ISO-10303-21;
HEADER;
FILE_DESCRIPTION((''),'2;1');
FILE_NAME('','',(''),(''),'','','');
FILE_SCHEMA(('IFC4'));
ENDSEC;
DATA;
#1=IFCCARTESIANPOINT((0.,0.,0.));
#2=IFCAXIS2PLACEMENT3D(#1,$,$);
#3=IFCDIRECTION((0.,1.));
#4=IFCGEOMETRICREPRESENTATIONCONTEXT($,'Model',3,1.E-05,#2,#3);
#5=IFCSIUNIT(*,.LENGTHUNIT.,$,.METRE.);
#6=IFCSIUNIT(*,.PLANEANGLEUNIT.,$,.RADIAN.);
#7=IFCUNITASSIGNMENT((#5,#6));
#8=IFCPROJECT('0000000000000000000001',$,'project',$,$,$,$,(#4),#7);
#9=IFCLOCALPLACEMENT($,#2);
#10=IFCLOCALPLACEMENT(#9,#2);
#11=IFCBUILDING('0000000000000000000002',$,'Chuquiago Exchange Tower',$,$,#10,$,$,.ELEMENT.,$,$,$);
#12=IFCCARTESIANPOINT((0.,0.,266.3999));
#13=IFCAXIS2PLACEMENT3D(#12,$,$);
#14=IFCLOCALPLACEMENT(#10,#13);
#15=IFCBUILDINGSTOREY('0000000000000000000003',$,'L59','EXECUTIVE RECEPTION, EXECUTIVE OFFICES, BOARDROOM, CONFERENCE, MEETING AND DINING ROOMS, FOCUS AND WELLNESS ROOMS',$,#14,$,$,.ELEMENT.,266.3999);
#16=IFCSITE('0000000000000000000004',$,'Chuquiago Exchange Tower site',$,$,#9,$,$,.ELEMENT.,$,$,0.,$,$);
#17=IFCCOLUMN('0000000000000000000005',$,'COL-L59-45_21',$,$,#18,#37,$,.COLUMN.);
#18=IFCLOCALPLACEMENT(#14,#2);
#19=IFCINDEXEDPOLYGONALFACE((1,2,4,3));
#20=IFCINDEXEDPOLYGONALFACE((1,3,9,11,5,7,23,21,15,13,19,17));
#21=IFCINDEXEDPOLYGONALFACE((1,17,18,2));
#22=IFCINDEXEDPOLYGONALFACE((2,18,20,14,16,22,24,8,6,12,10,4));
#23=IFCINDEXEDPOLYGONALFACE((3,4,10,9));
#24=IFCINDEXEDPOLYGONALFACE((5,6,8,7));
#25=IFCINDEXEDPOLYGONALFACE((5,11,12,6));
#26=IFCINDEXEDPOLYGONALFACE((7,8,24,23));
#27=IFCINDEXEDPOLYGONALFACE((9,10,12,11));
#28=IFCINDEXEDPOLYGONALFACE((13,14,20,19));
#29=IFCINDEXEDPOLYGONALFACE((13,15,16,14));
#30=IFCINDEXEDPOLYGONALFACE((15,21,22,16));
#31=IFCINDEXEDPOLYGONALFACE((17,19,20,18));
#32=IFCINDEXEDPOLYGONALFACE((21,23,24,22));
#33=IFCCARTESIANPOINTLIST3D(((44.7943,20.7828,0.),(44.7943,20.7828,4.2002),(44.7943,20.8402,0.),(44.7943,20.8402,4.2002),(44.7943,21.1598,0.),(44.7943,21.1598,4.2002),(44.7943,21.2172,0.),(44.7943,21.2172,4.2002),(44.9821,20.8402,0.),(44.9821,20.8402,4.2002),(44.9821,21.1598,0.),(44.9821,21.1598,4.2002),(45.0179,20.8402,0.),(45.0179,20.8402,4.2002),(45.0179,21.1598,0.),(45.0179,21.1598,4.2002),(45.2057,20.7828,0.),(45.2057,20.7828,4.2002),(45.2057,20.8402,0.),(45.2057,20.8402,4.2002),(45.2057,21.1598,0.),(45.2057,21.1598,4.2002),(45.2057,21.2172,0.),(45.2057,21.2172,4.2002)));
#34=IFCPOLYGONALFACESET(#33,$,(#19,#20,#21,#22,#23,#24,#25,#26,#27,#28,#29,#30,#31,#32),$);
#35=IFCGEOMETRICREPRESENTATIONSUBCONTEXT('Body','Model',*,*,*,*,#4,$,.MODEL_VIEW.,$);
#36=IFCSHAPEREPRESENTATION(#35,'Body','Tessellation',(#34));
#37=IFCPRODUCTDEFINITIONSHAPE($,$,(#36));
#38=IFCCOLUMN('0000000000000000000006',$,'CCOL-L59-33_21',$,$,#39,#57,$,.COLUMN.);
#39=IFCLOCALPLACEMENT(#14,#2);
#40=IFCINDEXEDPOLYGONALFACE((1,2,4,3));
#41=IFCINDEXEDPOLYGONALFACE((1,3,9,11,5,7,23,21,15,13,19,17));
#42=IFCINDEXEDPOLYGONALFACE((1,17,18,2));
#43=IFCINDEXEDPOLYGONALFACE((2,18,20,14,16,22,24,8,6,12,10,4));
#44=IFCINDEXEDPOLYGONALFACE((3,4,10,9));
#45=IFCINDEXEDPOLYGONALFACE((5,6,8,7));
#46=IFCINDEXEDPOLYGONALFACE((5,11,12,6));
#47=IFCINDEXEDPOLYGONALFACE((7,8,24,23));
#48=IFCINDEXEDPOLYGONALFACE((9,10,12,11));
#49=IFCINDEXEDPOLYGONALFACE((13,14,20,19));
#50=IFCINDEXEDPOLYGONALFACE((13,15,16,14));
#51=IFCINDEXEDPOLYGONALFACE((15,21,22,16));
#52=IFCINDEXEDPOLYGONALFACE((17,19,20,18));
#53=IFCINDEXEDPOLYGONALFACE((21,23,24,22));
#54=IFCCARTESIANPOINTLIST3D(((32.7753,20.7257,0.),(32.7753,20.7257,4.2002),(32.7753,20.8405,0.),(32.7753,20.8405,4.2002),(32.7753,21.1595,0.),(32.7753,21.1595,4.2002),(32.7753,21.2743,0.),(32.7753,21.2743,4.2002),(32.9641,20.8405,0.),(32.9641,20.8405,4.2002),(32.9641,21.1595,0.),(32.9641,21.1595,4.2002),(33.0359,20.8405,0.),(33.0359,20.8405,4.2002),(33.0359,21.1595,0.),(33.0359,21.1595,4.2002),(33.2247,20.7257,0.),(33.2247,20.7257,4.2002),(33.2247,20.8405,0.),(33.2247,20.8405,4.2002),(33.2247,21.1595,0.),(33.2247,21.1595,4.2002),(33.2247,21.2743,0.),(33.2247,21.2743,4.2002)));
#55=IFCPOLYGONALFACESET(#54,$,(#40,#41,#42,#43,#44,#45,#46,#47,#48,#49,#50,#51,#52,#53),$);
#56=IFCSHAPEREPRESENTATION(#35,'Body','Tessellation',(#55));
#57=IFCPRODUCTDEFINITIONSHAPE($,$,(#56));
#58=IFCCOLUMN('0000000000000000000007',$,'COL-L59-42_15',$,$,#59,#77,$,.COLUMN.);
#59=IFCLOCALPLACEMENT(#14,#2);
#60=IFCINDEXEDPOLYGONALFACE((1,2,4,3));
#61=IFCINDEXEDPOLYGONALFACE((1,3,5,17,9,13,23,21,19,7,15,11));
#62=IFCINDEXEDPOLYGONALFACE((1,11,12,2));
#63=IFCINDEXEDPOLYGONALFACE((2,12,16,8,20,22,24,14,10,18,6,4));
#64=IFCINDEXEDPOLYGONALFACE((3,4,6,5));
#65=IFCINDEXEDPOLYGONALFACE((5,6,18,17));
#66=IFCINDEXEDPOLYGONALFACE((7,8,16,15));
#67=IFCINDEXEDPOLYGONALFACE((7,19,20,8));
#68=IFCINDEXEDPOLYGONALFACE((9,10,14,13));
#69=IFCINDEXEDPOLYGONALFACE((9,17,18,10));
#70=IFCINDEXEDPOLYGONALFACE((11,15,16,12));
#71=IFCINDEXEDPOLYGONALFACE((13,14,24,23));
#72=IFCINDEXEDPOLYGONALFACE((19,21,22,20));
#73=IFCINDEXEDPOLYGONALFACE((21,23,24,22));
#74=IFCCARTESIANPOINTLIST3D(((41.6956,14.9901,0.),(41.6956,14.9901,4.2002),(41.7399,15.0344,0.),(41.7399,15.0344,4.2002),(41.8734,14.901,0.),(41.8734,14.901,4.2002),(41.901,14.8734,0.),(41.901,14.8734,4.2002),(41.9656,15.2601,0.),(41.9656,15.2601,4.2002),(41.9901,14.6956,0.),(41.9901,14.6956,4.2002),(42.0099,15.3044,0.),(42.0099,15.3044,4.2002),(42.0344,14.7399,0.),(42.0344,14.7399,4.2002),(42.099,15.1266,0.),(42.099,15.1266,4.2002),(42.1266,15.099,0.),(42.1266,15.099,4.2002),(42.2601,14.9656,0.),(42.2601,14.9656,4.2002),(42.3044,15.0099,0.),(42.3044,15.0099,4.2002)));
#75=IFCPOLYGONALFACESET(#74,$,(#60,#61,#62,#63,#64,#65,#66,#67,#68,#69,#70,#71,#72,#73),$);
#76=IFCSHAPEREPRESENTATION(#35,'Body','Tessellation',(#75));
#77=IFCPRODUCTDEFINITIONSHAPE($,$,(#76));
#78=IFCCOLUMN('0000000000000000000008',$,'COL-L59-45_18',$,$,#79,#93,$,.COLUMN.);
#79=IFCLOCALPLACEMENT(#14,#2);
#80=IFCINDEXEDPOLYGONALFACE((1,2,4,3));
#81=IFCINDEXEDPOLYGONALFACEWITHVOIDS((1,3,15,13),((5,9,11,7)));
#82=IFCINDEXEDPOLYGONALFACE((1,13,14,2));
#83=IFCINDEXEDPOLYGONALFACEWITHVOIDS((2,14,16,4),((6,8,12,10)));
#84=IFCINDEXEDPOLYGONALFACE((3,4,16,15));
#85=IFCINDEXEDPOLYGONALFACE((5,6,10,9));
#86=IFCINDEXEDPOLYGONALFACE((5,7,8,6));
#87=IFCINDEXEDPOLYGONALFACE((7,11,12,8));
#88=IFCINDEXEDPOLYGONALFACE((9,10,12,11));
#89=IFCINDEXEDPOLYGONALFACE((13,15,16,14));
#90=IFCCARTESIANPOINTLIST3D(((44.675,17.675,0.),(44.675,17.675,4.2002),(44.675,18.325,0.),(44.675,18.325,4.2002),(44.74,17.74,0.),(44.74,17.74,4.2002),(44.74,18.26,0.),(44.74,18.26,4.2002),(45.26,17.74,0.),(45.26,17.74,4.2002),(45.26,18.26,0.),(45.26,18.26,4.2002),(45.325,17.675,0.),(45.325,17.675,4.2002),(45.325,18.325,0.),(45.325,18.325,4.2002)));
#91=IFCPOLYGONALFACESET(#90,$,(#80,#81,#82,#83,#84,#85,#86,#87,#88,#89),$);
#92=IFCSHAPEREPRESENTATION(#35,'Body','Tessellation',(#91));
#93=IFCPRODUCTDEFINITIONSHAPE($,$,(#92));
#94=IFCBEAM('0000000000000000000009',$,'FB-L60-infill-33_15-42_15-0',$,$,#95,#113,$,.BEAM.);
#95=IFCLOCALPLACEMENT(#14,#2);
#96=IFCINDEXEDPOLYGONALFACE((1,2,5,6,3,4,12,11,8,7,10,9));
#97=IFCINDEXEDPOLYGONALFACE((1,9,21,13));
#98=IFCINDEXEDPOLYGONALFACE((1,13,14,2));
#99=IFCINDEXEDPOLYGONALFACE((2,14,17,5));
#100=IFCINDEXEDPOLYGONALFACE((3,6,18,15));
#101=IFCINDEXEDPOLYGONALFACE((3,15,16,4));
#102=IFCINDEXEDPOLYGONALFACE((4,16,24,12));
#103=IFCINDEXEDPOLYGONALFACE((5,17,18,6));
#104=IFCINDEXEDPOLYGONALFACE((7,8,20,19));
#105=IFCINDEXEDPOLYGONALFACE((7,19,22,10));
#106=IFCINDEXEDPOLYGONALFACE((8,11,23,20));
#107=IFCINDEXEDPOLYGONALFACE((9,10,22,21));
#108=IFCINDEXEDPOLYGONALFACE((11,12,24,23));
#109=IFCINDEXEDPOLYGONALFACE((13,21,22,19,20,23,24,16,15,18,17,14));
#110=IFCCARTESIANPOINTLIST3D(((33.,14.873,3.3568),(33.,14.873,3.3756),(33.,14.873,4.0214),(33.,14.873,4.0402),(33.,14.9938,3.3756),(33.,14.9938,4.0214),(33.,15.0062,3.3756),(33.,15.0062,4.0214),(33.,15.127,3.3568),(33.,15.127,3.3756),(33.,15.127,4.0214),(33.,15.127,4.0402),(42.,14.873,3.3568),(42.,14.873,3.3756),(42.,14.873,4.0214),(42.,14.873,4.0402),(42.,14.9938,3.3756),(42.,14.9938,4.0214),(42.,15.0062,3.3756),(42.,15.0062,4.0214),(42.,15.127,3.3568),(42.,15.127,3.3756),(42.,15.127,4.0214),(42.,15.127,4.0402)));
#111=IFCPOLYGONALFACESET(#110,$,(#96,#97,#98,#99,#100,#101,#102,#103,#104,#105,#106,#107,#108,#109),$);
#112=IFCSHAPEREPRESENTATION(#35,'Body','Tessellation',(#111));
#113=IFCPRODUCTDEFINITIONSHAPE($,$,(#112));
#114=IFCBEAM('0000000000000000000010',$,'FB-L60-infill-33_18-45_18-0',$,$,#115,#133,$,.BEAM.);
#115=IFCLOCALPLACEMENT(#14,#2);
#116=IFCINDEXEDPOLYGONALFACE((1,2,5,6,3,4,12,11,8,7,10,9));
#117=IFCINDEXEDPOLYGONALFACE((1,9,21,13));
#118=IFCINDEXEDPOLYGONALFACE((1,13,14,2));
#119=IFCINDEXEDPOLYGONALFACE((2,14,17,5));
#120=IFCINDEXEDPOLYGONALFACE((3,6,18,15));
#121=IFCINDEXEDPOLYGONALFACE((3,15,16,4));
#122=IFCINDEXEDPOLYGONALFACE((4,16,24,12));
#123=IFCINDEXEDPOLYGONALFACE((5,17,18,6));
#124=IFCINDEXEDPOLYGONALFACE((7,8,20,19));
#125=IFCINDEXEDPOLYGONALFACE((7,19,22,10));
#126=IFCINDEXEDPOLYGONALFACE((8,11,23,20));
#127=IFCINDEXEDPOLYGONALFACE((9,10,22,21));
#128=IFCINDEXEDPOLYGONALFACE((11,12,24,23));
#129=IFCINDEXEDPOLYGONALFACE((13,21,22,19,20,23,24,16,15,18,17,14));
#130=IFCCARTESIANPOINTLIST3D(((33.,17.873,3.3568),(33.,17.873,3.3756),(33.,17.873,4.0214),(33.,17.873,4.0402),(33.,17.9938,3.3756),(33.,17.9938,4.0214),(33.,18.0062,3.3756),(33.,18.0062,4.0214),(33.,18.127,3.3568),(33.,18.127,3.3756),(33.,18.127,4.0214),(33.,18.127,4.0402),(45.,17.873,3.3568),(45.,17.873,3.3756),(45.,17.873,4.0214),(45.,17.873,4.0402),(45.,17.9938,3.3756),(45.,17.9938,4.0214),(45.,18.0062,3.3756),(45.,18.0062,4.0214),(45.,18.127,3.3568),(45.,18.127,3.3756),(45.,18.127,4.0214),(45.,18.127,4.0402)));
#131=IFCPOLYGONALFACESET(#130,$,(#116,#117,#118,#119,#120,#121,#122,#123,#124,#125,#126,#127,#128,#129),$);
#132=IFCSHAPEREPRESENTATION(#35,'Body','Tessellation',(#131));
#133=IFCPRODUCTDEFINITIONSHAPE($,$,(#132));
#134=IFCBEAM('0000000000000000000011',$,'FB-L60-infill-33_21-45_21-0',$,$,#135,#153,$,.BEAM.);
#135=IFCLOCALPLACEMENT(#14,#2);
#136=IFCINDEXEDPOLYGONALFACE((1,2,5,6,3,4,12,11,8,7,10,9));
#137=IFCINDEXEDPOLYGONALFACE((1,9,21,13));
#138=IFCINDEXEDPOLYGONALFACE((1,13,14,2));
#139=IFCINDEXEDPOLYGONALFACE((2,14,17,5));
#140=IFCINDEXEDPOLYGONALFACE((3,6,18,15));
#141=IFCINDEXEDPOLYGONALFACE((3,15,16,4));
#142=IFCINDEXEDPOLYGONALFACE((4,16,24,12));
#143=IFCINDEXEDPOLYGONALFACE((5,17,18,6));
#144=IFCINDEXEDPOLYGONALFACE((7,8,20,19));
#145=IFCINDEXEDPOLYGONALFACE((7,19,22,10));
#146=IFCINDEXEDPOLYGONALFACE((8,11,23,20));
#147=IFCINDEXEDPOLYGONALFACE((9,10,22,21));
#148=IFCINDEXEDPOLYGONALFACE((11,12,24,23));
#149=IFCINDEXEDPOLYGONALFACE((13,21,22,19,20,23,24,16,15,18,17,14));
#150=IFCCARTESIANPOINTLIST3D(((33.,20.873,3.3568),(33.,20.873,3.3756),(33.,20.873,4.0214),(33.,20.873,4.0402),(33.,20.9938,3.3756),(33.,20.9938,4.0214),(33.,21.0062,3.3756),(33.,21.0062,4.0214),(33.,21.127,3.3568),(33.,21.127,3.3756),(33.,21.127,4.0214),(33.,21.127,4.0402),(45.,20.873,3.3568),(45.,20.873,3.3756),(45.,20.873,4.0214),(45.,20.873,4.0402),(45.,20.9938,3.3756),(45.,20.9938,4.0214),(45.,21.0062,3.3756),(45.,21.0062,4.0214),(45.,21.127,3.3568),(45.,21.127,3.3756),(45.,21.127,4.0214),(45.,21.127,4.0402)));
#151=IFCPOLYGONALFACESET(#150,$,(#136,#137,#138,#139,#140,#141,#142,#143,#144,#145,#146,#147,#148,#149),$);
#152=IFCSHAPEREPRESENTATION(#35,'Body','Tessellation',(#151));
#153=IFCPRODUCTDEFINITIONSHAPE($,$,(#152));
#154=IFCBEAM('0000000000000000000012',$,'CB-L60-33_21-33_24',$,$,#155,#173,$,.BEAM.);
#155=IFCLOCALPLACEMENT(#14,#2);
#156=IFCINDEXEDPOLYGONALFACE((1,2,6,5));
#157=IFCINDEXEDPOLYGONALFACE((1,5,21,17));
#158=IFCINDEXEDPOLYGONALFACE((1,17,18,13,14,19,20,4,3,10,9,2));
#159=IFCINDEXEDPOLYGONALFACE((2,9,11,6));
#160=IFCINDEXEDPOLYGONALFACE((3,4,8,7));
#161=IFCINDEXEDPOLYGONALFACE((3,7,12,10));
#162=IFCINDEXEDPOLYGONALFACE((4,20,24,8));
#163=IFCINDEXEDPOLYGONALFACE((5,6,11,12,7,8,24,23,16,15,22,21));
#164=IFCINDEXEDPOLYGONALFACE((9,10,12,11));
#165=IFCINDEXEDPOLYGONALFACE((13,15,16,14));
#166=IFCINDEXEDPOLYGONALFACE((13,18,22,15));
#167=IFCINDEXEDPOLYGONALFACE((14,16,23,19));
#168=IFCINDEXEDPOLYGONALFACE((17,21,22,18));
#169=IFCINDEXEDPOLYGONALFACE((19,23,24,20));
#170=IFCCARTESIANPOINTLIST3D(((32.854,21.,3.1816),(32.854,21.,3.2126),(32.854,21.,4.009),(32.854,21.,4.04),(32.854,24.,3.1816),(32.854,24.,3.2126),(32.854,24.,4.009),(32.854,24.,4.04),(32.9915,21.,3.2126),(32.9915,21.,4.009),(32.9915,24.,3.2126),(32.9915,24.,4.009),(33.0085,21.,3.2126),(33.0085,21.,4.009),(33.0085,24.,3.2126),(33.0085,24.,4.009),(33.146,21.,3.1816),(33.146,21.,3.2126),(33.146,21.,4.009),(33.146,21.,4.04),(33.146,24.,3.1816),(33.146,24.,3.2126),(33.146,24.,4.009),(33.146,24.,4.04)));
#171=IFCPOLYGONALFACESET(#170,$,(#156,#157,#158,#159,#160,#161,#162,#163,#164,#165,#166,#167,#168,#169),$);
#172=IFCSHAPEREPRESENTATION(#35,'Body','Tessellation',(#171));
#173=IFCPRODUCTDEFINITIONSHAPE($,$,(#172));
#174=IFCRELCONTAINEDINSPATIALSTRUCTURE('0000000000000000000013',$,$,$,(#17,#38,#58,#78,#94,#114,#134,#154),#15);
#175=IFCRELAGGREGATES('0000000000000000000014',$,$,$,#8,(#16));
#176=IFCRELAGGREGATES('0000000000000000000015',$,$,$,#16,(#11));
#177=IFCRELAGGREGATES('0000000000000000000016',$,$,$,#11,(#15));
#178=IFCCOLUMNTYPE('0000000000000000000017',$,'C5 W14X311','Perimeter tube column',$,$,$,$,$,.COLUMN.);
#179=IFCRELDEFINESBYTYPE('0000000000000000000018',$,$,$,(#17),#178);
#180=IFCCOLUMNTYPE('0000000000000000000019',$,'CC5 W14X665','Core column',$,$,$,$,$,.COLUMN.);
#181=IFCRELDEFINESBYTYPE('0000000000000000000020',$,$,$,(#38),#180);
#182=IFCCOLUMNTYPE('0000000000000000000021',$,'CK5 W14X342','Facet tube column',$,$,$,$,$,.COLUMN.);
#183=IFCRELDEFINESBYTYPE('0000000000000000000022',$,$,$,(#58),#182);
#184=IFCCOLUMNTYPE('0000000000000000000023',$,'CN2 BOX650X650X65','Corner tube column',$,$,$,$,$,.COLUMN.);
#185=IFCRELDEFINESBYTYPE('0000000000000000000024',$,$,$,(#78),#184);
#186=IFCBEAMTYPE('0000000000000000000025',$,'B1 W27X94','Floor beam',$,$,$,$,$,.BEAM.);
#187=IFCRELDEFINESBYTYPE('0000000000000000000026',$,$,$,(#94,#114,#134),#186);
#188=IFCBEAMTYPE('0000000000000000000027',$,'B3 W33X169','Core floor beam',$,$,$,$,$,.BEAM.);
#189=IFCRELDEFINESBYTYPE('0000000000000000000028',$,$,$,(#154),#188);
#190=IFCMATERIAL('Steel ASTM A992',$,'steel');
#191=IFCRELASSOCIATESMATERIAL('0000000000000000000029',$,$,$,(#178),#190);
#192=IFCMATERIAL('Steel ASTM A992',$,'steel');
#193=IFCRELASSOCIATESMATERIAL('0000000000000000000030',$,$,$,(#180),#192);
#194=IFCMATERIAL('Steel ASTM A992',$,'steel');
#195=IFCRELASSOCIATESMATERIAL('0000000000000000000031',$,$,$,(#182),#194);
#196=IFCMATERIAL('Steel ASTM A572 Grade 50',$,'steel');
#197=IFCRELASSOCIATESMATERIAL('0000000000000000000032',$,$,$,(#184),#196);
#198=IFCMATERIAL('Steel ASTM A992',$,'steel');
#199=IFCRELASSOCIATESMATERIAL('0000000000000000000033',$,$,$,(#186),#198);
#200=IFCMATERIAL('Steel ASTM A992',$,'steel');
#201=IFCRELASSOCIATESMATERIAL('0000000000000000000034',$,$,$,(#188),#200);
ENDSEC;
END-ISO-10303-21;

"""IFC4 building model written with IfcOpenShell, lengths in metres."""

from ifc_helpers import new_model, si_unit, direction, frame, origin, origin_2d, place, context, subcontext, project, spatial, hollow_rectangle, i_section, extrude, material, material_profile, profile_set, type_object, element, save


model = new_model("IFC4")

# Units and contexts
model_context = context("Model", 3, precision=1e-05, world=origin(), true_north=direction((0.0, 1.0)))
body_context = subcontext(model_context, "Body", "Model", "MODEL_VIEW")
ifc_project = project(units=[si_unit("LENGTHUNIT", "METRE"), si_unit("PLANEANGLEUNIT", "RADIAN")], contexts=[model_context])

# Site, building, storey
site_placement = place(None, origin())
site = spatial("IfcSite", under=ifc_project, at=site_placement, Name="Chuquiago Exchange Tower site", CompositionType="ELEMENT", RefElevation=0.0)
building_placement = place(site_placement, origin())
building = spatial("IfcBuilding", under=site, at=building_placement, Name="Chuquiago Exchange Tower", CompositionType="ELEMENT")
storey_placement = place(building_placement, frame((0.0, 0.0, 266.3999)))
storey = spatial("IfcBuildingStorey", under=building, at=storey_placement, Name="L59", Description="EXECUTIVE RECEPTION, EXECUTIVE OFFICES, BOARDROOM, CONFERENCE, MEETING AND DINING ROOMS, FOCUS AND WELLNESS ROOMS", CompositionType="ELEMENT", Elevation=266.3999)

# Columns
ifc_material_1 = material(Name="Steel ASTM A992", Category="steel")
ifc_material_profile_1 = material_profile(ifc_material_1, i_section(OverallWidth=0.4114, OverallDepth=0.4343, WebThickness=0.0359, FlangeThickness=0.0574, at=origin_2d()), Name="W14X311")
ifc_profile_set_1 = profile_set([ifc_material_profile_1], Name="Steel ASTM A992")
column_type_1 = type_object("IfcColumnType", Name="C5 W14X311", Description="Perimeter tube column", PredefinedType="COLUMN", material=ifc_profile_set_1)
column_1_placement = place(storey_placement, frame((45.0, 21.0, 0.0), z_axis=(0.0, 0.0, 1.0), x_axis=(1.0, 0.0, 0.0)))
element("IfcColumn", 1, at=column_1_placement, inside=storey, type_object=column_type_1, Name="COL-L59-45_21", PredefinedType="COLUMN", context=body_context, shape_type="SweptSolid", body=[
    extrude(i_section(OverallWidth=0.4114, OverallDepth=0.4343, WebThickness=0.0359, FlangeThickness=0.0574, at=origin_2d()), origin(), (0.0, 0.0, 1.0), 4.2002),
])
ifc_material_2 = material(Name="Steel ASTM A992", Category="steel")
ifc_material_profile_2 = material_profile(ifc_material_2, i_section(OverallWidth=0.4495, OverallDepth=0.5486, WebThickness=0.0718, FlangeThickness=0.1147, at=origin_2d()), Name="W14X665")
ifc_profile_set_2 = profile_set([ifc_material_profile_2], Name="Steel ASTM A992")
column_type_2 = type_object("IfcColumnType", Name="CC5 W14X665", Description="Core column", PredefinedType="COLUMN", material=ifc_profile_set_2)
column_2_placement = place(storey_placement, frame((33.0, 21.0, 0.0), z_axis=(0.0, 0.0, 1.0), x_axis=(1.0, 0.0, 0.0)))
element("IfcColumn", 2, at=column_2_placement, inside=storey, type_object=column_type_2, Name="CCOL-L59-33_21", PredefinedType="COLUMN", context=body_context, shape_type="SweptSolid", body=[
    extrude(i_section(OverallWidth=0.4495, OverallDepth=0.5486, WebThickness=0.0718, FlangeThickness=0.1147, at=origin_2d()), origin(), (0.0, 0.0, 1.0), 4.2002),
])
ifc_material_3 = material(Name="Steel ASTM A992", Category="steel")
ifc_material_profile_3 = material_profile(ifc_material_3, i_section(OverallWidth=0.4165, OverallDepth=0.4446, WebThickness=0.0391, FlangeThickness=0.0627, at=origin_2d()), Name="W14X342")
ifc_profile_set_3 = profile_set([ifc_material_profile_3], Name="Steel ASTM A992")
column_type_3 = type_object("IfcColumnType", Name="CK5 W14X342", Description="Facet tube column", PredefinedType="COLUMN", material=ifc_profile_set_3)
column_3_placement = place(storey_placement, frame((42.0, 15.0, 0.0), z_axis=(0.0, 0.0, 1.0), x_axis=(0.707107, -0.707107, 0.0)))
element("IfcColumn", 3, at=column_3_placement, inside=storey, type_object=column_type_3, Name="COL-L59-42_15", PredefinedType="COLUMN", context=body_context, shape_type="SweptSolid", body=[
    extrude(i_section(OverallWidth=0.4165, OverallDepth=0.4446, WebThickness=0.0391, FlangeThickness=0.0627, at=origin_2d()), origin(), (0.0, 0.0, 1.0), 4.2002),
])
ifc_material_4 = material(Name="Steel ASTM A572 Grade 50", Category="steel")
ifc_material_profile_4 = material_profile(ifc_material_4, hollow_rectangle(XDim=0.6499, YDim=0.6499, WallThickness=0.0649, at=origin_2d()), Name="BOX650X650X65")
ifc_profile_set_4 = profile_set([ifc_material_profile_4], Name="Steel ASTM A572 Grade 50")
column_type_4 = type_object("IfcColumnType", Name="CN2 BOX650X650X65", Description="Corner tube column", PredefinedType="COLUMN", material=ifc_profile_set_4)
column_4_placement = place(storey_placement, frame((45.0, 18.0, 0.0), z_axis=(0.0, 0.0, 1.0), x_axis=(1.0, 0.0, 0.0)))
element("IfcColumn", 4, at=column_4_placement, inside=storey, type_object=column_type_4, Name="COL-L59-45_18", PredefinedType="COLUMN", context=body_context, shape_type="SweptSolid", body=[
    extrude(hollow_rectangle(XDim=0.6499, YDim=0.6499, WallThickness=0.0649, at=origin_2d()), origin(), (0.0, 0.0, 1.0), 4.2002),
])

# Beams
ifc_material_5 = material(Name="Steel ASTM A992", Category="steel")
ifc_material_profile_5 = material_profile(ifc_material_5, i_section(OverallWidth=0.2539, OverallDepth=0.6833, WebThickness=0.0125, FlangeThickness=0.0188, at=origin_2d()), Name="W27X94")
ifc_profile_set_5 = profile_set([ifc_material_profile_5], Name="Steel ASTM A992")
beam_type_1 = type_object("IfcBeamType", Name="B1 W27X94", Description="Floor beam", PredefinedType="BEAM", material=ifc_profile_set_5)
beam_1_placement = place(storey_placement, frame((33.0, 15.0, 3.6985), z_axis=(1.0, 0.0, 0.0), x_axis=(0.0, 1.0, 0.0)))
element("IfcBeam", 5, at=beam_1_placement, inside=storey, type_object=beam_type_1, Name="FB-L60-infill-33_15-42_15-0", PredefinedType="BEAM", context=body_context, shape_type="SweptSolid", body=[
    extrude(i_section(OverallWidth=0.2539, OverallDepth=0.6833, WebThickness=0.0125, FlangeThickness=0.0188, at=origin_2d()), origin(), (0.0, 0.0, 1.0), 9.0),
])
for number, where, z_axis, x_axis, name in (
    (6, (33.0, 18.0, 3.6985), (1.0, 0.0, 0.0), (0.0, 1.0, 0.0), "FB-L60-infill-33_18-45_18-0"),
    (7, (33.0, 21.0, 3.6985), (1.0, 0.0, 0.0), (0.0, 1.0, 0.0), "FB-L60-infill-33_21-45_21-0"),
):
    element("IfcBeam", number, at=place(storey_placement, frame(where, z_axis=z_axis, x_axis=x_axis)), inside=storey, type_object=beam_type_1, Name=name, PredefinedType="BEAM", context=body_context, shape_type="SweptSolid", body=[
        extrude(i_section(OverallWidth=0.2539, OverallDepth=0.6833, WebThickness=0.0125, FlangeThickness=0.0188, at=origin_2d()), origin(), (0.0, 0.0, 1.0), 12.0),
    ])
ifc_material_6 = material(Name="Steel ASTM A992", Category="steel")
ifc_material_profile_6 = material_profile(ifc_material_6, i_section(OverallWidth=0.292, OverallDepth=0.8584, WebThickness=0.0171, FlangeThickness=0.031, at=origin_2d()), Name="W33X169")
ifc_profile_set_6 = profile_set([ifc_material_profile_6], Name="Steel ASTM A992")
beam_type_2 = type_object("IfcBeamType", Name="B3 W33X169", Description="Core floor beam", PredefinedType="BEAM", material=ifc_profile_set_6)
beam_2_placement = place(storey_placement, frame((33.0, 21.0, 3.6108), z_axis=(0.0, 1.0, 0.0), x_axis=(-1.0, 0.0, 0.0)))
element("IfcBeam", 8, at=beam_2_placement, inside=storey, type_object=beam_type_2, Name="CB-L60-33_21-33_24", PredefinedType="BEAM", context=body_context, shape_type="SweptSolid", body=[
    extrude(i_section(OverallWidth=0.292, OverallDepth=0.8584, WebThickness=0.0171, FlangeThickness=0.031, at=origin_2d()), origin(), (0.0, 0.0, 1.0), 3.0),
])

save(model, "model.ifc")
